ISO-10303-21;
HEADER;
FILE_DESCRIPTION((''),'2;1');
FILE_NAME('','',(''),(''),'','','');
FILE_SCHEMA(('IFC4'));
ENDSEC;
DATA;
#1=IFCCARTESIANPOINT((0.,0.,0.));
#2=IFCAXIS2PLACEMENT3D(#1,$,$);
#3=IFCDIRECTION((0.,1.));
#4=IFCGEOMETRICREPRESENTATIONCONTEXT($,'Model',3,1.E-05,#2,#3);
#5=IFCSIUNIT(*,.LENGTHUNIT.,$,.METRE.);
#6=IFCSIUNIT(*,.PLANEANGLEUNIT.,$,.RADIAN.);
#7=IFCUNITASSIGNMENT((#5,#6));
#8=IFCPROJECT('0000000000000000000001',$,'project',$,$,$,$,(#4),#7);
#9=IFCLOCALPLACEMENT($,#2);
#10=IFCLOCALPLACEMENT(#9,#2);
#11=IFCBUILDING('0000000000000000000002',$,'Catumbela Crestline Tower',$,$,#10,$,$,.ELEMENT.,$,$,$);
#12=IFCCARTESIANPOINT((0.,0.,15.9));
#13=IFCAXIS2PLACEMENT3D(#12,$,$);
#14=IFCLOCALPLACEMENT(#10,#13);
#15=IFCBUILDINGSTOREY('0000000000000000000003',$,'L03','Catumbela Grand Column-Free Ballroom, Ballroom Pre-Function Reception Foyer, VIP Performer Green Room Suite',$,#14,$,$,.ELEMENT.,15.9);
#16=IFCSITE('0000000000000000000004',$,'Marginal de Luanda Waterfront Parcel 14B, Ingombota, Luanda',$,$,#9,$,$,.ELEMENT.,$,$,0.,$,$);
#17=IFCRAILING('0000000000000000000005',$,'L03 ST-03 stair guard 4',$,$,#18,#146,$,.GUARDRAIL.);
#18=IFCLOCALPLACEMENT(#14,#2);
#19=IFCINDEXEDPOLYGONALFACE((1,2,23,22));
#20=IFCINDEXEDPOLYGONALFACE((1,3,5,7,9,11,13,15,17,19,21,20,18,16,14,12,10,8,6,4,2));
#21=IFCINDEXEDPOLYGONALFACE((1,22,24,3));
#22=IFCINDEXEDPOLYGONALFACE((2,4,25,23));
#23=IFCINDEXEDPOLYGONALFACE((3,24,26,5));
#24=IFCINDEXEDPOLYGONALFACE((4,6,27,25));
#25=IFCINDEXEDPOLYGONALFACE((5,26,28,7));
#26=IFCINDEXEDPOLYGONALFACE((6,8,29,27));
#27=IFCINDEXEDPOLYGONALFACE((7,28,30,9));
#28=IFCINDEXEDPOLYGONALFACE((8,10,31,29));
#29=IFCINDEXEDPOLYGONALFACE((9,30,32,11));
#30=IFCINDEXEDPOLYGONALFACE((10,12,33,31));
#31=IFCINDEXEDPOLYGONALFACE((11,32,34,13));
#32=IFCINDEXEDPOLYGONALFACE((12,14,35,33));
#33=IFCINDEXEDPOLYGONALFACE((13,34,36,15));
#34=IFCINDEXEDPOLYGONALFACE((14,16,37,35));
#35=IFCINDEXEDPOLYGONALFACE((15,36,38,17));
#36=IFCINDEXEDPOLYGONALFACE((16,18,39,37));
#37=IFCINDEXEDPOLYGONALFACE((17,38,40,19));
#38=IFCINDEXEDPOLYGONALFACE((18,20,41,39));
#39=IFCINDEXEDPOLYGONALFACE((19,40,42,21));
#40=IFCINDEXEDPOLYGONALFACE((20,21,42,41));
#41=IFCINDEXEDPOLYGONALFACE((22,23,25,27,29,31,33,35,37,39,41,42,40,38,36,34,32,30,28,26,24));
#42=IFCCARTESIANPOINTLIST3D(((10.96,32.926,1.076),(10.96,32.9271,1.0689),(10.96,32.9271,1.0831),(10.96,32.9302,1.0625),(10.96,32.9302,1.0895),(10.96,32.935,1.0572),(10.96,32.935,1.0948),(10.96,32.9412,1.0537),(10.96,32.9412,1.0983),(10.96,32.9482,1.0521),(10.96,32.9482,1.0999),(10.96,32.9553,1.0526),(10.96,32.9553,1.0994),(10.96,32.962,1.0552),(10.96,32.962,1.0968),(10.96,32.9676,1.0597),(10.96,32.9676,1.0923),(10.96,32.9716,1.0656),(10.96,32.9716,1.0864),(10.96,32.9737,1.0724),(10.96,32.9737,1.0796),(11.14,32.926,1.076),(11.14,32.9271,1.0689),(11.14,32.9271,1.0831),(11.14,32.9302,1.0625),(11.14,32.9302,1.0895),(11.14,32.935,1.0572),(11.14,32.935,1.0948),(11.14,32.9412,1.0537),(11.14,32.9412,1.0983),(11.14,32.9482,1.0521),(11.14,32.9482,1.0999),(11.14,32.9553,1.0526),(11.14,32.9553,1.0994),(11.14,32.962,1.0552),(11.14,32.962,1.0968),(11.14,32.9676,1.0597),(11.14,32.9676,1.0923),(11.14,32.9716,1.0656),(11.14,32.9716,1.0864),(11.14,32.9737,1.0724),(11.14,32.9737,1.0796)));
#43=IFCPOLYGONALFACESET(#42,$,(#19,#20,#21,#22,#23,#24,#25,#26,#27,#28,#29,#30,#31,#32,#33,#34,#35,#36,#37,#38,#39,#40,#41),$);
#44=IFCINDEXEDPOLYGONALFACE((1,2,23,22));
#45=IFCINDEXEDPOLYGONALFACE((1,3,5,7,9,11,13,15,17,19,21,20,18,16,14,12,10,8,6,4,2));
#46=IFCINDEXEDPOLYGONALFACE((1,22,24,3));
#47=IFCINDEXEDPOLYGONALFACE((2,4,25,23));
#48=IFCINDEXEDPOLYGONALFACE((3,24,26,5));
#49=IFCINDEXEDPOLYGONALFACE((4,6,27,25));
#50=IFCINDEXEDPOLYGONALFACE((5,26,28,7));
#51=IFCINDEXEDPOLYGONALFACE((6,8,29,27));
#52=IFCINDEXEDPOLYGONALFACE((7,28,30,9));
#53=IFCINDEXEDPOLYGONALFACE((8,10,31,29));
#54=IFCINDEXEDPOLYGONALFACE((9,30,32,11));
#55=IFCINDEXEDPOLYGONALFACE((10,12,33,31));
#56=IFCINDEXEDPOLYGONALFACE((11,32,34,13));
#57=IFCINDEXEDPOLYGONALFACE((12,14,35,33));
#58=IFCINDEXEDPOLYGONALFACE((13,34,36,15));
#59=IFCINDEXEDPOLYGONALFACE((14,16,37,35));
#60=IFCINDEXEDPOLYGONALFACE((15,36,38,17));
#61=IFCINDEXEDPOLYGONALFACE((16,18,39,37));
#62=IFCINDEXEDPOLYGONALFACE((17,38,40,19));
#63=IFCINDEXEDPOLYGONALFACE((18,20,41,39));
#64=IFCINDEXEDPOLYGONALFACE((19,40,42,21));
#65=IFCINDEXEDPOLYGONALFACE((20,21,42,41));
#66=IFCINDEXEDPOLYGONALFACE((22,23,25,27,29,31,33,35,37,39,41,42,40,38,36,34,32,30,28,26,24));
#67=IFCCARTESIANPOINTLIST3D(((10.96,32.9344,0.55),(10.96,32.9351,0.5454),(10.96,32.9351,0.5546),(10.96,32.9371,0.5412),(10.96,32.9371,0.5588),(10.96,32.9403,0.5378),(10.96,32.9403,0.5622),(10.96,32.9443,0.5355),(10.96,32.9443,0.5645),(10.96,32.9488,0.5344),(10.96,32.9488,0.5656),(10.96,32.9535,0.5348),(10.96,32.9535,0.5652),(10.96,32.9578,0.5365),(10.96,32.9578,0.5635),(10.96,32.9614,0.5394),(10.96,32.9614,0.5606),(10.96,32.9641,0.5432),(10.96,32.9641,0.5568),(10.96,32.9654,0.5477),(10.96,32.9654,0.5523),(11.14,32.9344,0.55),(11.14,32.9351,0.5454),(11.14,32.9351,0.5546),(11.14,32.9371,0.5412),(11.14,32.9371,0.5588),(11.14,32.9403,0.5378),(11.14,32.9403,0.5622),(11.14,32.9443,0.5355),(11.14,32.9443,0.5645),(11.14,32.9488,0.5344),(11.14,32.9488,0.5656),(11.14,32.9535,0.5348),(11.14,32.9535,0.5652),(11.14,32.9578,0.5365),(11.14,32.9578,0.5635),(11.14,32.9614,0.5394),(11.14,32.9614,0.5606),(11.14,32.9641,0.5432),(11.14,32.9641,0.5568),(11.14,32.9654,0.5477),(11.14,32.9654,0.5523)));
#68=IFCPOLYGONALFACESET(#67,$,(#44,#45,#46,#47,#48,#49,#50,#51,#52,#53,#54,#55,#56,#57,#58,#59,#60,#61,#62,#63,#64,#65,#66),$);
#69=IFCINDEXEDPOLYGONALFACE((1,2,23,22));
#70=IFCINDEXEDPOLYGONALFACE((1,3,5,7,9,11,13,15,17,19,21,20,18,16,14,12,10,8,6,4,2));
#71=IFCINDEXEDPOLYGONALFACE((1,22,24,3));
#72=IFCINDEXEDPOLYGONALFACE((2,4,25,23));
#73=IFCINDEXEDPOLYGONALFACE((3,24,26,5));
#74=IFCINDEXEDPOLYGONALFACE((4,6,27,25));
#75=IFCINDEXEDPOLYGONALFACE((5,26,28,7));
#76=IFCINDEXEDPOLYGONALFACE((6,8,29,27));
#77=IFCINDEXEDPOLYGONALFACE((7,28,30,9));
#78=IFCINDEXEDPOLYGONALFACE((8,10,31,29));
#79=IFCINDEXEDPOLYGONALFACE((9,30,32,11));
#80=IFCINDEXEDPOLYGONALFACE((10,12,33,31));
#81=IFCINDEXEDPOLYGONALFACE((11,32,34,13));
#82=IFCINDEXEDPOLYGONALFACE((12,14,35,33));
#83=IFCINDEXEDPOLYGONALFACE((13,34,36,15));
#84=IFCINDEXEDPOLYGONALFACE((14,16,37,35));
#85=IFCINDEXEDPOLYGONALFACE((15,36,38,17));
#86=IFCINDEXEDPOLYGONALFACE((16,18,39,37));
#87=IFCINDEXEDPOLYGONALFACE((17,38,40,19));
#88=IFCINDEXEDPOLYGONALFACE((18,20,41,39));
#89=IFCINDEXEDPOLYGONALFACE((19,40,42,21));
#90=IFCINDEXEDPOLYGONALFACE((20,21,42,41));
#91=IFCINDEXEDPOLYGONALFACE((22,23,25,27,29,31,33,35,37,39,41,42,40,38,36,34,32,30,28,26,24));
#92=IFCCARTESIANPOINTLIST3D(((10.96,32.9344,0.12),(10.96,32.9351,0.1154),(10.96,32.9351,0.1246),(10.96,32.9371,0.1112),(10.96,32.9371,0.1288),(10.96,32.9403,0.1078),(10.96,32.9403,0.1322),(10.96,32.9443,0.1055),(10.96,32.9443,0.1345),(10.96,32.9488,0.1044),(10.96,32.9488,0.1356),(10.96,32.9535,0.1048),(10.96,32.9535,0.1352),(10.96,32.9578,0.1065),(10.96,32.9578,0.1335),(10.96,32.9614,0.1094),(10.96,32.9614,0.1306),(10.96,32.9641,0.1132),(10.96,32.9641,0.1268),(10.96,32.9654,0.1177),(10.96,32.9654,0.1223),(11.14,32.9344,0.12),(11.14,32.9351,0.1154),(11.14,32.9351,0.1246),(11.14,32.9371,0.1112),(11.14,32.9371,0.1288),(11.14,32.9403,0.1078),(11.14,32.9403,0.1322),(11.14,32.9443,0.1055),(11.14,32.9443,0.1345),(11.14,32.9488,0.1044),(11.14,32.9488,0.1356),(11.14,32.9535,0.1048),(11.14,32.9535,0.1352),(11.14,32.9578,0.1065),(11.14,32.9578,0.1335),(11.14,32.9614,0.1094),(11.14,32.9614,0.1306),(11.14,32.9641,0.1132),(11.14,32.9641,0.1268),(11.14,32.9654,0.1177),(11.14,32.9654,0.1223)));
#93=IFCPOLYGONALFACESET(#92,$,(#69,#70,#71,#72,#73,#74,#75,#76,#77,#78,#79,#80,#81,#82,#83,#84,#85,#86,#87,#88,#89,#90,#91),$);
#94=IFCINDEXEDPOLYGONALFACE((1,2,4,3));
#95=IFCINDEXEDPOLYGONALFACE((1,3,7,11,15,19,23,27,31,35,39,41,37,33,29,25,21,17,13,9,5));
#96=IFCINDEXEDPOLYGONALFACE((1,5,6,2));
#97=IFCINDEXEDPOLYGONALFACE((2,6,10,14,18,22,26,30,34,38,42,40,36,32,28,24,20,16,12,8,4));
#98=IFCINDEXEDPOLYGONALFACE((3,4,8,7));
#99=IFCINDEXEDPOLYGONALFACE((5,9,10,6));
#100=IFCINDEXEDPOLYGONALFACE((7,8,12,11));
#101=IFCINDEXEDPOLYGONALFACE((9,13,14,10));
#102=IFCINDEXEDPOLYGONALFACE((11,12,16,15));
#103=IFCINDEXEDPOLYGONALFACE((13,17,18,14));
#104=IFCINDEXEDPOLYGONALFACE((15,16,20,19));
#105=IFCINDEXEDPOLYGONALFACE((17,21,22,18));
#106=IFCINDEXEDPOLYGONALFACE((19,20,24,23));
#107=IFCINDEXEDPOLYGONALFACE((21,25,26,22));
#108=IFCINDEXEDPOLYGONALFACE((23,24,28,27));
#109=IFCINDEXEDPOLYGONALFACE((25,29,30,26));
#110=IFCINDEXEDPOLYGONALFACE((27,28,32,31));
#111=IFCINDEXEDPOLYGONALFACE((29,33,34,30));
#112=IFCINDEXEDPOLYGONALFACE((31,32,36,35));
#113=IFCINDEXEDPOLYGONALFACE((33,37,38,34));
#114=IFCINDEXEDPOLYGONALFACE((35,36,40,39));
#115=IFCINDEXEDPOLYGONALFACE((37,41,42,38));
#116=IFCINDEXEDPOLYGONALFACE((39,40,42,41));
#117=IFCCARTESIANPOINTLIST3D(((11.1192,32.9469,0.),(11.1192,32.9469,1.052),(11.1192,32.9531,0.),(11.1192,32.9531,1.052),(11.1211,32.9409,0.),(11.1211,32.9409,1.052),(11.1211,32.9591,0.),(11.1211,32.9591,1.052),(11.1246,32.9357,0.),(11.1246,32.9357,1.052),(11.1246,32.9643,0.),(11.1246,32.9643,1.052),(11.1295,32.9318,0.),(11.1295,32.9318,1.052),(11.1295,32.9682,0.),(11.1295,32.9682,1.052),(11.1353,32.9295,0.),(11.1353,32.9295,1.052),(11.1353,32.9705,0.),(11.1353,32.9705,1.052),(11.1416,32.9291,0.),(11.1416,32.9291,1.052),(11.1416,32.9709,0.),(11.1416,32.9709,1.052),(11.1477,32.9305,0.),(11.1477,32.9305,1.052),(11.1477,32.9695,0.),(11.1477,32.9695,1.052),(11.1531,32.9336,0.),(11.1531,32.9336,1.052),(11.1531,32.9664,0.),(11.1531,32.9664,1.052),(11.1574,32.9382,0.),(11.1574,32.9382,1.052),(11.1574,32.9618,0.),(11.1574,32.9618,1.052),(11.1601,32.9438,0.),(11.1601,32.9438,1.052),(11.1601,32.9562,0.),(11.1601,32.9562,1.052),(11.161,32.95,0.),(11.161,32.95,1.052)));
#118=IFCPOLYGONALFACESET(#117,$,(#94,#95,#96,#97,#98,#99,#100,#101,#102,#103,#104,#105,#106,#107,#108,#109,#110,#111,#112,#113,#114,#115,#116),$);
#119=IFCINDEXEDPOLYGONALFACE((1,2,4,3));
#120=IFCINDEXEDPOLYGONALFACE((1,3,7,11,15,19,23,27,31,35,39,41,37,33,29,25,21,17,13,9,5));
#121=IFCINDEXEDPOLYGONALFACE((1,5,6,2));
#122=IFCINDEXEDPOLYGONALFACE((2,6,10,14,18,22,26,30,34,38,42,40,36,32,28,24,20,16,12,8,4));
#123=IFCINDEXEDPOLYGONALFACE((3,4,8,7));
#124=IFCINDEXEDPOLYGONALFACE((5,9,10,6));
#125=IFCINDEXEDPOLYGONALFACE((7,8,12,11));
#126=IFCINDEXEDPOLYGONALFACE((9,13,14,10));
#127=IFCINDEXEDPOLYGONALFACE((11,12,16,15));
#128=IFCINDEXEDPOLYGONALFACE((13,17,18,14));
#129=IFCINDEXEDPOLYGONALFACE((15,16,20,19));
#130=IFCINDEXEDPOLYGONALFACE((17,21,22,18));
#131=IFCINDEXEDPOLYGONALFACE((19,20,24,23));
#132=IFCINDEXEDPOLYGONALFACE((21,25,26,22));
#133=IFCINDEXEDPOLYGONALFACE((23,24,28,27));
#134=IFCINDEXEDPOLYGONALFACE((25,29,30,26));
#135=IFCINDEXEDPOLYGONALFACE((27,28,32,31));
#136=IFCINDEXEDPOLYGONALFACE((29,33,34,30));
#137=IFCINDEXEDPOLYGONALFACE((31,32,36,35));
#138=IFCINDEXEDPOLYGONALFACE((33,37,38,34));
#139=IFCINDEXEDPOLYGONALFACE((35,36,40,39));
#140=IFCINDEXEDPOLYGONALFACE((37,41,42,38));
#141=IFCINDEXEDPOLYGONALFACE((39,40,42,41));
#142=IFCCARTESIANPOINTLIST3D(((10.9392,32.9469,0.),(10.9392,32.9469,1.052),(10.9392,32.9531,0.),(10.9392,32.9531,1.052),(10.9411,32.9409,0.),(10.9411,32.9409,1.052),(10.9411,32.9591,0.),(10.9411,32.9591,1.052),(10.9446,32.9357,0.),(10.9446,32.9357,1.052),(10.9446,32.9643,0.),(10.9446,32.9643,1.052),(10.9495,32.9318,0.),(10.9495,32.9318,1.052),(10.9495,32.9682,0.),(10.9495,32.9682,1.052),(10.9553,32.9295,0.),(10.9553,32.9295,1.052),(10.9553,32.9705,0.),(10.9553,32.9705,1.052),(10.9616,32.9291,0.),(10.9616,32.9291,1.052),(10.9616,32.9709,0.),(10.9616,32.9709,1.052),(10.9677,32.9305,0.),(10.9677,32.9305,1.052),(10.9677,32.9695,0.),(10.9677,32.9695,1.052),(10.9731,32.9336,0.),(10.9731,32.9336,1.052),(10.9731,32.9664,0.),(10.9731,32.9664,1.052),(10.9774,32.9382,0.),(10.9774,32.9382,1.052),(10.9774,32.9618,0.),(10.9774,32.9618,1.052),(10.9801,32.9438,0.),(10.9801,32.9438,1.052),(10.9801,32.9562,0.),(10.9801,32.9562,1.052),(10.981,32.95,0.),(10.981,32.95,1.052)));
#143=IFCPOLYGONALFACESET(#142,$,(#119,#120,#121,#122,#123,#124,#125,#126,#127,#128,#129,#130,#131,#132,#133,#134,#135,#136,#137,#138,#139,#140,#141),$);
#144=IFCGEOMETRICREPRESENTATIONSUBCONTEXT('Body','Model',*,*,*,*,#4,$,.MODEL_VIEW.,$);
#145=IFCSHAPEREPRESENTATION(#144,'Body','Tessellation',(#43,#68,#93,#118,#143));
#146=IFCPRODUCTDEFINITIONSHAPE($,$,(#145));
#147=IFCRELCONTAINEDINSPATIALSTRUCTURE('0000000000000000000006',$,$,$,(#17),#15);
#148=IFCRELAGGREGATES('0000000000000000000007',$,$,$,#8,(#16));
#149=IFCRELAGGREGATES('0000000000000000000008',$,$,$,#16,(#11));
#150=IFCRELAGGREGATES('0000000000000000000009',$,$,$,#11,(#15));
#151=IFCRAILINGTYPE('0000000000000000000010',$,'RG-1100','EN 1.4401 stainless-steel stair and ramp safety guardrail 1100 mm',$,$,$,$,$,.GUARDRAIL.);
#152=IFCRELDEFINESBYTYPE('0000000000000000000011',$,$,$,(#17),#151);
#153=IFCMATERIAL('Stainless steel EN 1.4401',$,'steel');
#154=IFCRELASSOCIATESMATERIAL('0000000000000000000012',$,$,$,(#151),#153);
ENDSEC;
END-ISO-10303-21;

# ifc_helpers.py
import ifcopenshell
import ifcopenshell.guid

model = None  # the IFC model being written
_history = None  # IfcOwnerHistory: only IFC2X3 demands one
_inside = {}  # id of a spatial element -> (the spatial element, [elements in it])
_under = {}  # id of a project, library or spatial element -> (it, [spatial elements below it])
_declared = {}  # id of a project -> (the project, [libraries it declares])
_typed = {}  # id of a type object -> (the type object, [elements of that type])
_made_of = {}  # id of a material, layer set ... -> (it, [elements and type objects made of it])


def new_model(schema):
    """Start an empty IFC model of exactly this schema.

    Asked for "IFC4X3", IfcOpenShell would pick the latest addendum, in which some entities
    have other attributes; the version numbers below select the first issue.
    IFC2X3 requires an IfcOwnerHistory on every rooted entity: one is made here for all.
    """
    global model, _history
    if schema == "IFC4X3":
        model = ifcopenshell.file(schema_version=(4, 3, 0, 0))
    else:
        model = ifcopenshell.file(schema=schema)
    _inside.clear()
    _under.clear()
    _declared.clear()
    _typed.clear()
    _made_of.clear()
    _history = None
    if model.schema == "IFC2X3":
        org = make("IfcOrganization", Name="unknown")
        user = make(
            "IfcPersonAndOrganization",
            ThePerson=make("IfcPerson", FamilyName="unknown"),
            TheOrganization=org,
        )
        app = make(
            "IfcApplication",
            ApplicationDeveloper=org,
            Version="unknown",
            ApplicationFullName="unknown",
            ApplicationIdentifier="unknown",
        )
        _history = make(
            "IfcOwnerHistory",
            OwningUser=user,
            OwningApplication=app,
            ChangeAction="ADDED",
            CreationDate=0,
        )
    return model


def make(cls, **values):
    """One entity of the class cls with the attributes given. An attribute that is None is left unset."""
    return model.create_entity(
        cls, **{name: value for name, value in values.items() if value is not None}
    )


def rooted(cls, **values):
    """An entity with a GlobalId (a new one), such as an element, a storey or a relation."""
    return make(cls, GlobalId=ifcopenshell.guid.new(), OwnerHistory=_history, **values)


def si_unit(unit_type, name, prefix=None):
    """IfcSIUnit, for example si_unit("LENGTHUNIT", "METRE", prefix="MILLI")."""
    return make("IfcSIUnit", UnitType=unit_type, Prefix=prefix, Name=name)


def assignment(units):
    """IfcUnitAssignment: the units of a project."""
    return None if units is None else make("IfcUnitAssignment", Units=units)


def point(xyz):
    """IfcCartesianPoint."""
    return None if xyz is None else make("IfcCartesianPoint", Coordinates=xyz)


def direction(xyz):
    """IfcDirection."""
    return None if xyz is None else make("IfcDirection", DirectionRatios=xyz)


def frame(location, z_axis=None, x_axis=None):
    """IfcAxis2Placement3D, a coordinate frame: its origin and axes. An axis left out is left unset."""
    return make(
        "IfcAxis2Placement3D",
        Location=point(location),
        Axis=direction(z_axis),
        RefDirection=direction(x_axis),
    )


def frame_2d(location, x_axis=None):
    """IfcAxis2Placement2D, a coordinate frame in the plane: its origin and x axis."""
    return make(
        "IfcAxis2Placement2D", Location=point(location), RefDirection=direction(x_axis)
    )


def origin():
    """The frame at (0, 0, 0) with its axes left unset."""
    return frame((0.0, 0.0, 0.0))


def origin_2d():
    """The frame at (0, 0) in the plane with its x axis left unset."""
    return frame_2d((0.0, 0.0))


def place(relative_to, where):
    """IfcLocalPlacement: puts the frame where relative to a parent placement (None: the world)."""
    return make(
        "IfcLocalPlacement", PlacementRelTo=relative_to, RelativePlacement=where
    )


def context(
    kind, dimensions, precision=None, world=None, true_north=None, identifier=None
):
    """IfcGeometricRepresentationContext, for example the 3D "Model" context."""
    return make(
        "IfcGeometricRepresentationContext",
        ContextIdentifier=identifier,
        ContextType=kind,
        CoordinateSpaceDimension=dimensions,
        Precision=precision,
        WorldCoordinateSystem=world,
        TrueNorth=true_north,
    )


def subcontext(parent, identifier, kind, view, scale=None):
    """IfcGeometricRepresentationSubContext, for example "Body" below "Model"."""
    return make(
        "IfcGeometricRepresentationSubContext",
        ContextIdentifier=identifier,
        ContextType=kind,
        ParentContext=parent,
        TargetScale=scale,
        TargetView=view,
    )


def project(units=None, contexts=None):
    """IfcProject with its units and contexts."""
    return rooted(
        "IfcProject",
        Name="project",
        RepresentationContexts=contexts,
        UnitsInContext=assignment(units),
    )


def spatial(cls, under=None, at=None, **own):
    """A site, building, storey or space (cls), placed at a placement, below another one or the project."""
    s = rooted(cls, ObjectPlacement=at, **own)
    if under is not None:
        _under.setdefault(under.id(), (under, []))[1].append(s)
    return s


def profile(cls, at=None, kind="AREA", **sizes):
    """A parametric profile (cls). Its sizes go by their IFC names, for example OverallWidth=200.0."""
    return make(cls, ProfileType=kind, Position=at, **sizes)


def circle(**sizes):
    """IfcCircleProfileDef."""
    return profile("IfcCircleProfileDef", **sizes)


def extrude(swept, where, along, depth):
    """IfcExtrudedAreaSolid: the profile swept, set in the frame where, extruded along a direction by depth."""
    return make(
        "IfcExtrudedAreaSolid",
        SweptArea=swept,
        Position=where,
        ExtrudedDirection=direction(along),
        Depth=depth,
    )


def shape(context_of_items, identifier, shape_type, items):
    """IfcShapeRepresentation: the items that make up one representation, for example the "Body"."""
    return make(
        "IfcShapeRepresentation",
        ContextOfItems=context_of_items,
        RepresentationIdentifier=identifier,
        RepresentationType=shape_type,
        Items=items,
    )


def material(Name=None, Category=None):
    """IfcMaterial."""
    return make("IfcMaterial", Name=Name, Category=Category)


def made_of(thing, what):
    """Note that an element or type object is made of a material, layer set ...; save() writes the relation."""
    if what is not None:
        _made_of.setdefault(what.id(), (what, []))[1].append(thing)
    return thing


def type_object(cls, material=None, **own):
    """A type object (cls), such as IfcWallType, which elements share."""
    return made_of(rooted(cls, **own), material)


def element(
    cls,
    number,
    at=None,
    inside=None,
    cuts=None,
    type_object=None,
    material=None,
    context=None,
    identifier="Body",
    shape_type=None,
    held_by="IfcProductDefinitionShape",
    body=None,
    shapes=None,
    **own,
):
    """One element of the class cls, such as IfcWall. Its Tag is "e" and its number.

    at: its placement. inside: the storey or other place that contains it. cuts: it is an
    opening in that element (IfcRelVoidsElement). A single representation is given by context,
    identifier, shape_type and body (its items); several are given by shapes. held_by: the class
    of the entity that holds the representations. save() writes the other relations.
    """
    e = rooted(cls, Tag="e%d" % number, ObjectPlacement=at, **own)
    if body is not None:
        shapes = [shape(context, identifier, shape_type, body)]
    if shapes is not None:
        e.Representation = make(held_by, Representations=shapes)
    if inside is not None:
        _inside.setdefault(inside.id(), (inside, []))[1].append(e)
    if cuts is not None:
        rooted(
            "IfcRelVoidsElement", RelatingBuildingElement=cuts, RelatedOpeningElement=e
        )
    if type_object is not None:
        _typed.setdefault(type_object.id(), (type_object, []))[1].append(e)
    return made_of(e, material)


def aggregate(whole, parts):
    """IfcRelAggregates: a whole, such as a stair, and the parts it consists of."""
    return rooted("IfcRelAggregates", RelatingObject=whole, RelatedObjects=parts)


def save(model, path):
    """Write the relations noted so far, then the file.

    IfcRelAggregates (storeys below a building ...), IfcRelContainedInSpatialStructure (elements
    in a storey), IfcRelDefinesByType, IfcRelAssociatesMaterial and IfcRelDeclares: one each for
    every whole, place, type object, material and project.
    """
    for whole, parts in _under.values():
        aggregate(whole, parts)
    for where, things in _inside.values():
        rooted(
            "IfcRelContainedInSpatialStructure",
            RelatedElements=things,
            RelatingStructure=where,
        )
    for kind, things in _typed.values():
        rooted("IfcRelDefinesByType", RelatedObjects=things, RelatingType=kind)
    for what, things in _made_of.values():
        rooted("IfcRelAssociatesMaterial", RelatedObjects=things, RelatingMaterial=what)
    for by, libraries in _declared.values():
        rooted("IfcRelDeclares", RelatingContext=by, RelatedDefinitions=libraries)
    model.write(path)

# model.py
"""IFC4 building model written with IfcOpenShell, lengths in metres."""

from ifc_helpers import new_model, si_unit, direction, frame, origin, origin_2d, place, context, subcontext, project, spatial, circle, extrude, material, type_object, element, save


model = new_model("IFC4")

# Units and contexts
model_context = context("Model", 3, precision=1e-05, world=origin(), true_north=direction((0.0, 1.0)))
body_context = subcontext(model_context, "Body", "Model", "MODEL_VIEW")
ifc_project = project(units=[si_unit("LENGTHUNIT", "METRE"), si_unit("PLANEANGLEUNIT", "RADIAN")], contexts=[model_context])

# Site, building, storey
site_placement = place(None, origin())
site = spatial("IfcSite", under=ifc_project, at=site_placement, Name="Marginal de Luanda Waterfront Parcel 14B, Ingombota, Luanda", CompositionType="ELEMENT", RefElevation=0.0)
building_placement = place(site_placement, origin())
building = spatial("IfcBuilding", under=site, at=building_placement, Name="Catumbela Crestline Tower", CompositionType="ELEMENT")
storey_placement = place(building_placement, frame((0.0, 0.0, 15.9)))
storey = spatial("IfcBuildingStorey", under=building, at=storey_placement, Name="L03", Description="Catumbela Grand Column-Free Ballroom, Ballroom Pre-Function Reception Foyer, VIP Performer Green Room Suite", CompositionType="ELEMENT", Elevation=15.9)

# Shared definitions
ifc_material_1 = material(Name="Stainless steel EN 1.4401", Category="steel")

# Railing
railing_type_1 = type_object("IfcRailingType", Name="RG-1100", Description="EN 1.4401 stainless-steel stair and ramp safety guardrail 1100 mm", PredefinedType="GUARDRAIL", material=ifc_material_1)
railing_1_placement = place(storey_placement, frame((11.14, 32.95, 0.0)))
element("IfcRailing", 1, at=railing_1_placement, inside=storey, type_object=railing_type_1, Name="L03 ST-03 stair guard 4", PredefinedType="GUARDRAIL", context=body_context, shape_type="SweptSolid", body=[
    extrude(circle(Radius=0.024, at=origin_2d()), frame((0.0, 0.0, 1.076), z_axis=(-1.0, 0.0, 0.0), x_axis=(0.0, -1.0, 0.0)), (0.0, 0.0, 1.0), 0.18),
    extrude(circle(Radius=0.0156, at=origin_2d()), frame((0.0, 0.0, 0.55), z_axis=(-1.0, 0.0, 0.0), x_axis=(0.0, -1.0, 0.0)), (0.0, 0.0, 1.0), 0.18),
    extrude(circle(Radius=0.0156, at=origin_2d()), frame((0.0, 0.0, 0.12), z_axis=(-1.0, 0.0, 0.0), x_axis=(0.0, -1.0, 0.0)), (0.0, 0.0, 1.0), 0.18),
    extrude(circle(Radius=0.021, at=origin_2d()), origin(), (0.0, 0.0, 1.0), 1.052),
    extrude(circle(Radius=0.021, at=origin_2d()), frame((-0.18, 0.0, 0.0)), (0.0, 0.0, 1.0), 1.052),
])

save(model, "model.ifc")
